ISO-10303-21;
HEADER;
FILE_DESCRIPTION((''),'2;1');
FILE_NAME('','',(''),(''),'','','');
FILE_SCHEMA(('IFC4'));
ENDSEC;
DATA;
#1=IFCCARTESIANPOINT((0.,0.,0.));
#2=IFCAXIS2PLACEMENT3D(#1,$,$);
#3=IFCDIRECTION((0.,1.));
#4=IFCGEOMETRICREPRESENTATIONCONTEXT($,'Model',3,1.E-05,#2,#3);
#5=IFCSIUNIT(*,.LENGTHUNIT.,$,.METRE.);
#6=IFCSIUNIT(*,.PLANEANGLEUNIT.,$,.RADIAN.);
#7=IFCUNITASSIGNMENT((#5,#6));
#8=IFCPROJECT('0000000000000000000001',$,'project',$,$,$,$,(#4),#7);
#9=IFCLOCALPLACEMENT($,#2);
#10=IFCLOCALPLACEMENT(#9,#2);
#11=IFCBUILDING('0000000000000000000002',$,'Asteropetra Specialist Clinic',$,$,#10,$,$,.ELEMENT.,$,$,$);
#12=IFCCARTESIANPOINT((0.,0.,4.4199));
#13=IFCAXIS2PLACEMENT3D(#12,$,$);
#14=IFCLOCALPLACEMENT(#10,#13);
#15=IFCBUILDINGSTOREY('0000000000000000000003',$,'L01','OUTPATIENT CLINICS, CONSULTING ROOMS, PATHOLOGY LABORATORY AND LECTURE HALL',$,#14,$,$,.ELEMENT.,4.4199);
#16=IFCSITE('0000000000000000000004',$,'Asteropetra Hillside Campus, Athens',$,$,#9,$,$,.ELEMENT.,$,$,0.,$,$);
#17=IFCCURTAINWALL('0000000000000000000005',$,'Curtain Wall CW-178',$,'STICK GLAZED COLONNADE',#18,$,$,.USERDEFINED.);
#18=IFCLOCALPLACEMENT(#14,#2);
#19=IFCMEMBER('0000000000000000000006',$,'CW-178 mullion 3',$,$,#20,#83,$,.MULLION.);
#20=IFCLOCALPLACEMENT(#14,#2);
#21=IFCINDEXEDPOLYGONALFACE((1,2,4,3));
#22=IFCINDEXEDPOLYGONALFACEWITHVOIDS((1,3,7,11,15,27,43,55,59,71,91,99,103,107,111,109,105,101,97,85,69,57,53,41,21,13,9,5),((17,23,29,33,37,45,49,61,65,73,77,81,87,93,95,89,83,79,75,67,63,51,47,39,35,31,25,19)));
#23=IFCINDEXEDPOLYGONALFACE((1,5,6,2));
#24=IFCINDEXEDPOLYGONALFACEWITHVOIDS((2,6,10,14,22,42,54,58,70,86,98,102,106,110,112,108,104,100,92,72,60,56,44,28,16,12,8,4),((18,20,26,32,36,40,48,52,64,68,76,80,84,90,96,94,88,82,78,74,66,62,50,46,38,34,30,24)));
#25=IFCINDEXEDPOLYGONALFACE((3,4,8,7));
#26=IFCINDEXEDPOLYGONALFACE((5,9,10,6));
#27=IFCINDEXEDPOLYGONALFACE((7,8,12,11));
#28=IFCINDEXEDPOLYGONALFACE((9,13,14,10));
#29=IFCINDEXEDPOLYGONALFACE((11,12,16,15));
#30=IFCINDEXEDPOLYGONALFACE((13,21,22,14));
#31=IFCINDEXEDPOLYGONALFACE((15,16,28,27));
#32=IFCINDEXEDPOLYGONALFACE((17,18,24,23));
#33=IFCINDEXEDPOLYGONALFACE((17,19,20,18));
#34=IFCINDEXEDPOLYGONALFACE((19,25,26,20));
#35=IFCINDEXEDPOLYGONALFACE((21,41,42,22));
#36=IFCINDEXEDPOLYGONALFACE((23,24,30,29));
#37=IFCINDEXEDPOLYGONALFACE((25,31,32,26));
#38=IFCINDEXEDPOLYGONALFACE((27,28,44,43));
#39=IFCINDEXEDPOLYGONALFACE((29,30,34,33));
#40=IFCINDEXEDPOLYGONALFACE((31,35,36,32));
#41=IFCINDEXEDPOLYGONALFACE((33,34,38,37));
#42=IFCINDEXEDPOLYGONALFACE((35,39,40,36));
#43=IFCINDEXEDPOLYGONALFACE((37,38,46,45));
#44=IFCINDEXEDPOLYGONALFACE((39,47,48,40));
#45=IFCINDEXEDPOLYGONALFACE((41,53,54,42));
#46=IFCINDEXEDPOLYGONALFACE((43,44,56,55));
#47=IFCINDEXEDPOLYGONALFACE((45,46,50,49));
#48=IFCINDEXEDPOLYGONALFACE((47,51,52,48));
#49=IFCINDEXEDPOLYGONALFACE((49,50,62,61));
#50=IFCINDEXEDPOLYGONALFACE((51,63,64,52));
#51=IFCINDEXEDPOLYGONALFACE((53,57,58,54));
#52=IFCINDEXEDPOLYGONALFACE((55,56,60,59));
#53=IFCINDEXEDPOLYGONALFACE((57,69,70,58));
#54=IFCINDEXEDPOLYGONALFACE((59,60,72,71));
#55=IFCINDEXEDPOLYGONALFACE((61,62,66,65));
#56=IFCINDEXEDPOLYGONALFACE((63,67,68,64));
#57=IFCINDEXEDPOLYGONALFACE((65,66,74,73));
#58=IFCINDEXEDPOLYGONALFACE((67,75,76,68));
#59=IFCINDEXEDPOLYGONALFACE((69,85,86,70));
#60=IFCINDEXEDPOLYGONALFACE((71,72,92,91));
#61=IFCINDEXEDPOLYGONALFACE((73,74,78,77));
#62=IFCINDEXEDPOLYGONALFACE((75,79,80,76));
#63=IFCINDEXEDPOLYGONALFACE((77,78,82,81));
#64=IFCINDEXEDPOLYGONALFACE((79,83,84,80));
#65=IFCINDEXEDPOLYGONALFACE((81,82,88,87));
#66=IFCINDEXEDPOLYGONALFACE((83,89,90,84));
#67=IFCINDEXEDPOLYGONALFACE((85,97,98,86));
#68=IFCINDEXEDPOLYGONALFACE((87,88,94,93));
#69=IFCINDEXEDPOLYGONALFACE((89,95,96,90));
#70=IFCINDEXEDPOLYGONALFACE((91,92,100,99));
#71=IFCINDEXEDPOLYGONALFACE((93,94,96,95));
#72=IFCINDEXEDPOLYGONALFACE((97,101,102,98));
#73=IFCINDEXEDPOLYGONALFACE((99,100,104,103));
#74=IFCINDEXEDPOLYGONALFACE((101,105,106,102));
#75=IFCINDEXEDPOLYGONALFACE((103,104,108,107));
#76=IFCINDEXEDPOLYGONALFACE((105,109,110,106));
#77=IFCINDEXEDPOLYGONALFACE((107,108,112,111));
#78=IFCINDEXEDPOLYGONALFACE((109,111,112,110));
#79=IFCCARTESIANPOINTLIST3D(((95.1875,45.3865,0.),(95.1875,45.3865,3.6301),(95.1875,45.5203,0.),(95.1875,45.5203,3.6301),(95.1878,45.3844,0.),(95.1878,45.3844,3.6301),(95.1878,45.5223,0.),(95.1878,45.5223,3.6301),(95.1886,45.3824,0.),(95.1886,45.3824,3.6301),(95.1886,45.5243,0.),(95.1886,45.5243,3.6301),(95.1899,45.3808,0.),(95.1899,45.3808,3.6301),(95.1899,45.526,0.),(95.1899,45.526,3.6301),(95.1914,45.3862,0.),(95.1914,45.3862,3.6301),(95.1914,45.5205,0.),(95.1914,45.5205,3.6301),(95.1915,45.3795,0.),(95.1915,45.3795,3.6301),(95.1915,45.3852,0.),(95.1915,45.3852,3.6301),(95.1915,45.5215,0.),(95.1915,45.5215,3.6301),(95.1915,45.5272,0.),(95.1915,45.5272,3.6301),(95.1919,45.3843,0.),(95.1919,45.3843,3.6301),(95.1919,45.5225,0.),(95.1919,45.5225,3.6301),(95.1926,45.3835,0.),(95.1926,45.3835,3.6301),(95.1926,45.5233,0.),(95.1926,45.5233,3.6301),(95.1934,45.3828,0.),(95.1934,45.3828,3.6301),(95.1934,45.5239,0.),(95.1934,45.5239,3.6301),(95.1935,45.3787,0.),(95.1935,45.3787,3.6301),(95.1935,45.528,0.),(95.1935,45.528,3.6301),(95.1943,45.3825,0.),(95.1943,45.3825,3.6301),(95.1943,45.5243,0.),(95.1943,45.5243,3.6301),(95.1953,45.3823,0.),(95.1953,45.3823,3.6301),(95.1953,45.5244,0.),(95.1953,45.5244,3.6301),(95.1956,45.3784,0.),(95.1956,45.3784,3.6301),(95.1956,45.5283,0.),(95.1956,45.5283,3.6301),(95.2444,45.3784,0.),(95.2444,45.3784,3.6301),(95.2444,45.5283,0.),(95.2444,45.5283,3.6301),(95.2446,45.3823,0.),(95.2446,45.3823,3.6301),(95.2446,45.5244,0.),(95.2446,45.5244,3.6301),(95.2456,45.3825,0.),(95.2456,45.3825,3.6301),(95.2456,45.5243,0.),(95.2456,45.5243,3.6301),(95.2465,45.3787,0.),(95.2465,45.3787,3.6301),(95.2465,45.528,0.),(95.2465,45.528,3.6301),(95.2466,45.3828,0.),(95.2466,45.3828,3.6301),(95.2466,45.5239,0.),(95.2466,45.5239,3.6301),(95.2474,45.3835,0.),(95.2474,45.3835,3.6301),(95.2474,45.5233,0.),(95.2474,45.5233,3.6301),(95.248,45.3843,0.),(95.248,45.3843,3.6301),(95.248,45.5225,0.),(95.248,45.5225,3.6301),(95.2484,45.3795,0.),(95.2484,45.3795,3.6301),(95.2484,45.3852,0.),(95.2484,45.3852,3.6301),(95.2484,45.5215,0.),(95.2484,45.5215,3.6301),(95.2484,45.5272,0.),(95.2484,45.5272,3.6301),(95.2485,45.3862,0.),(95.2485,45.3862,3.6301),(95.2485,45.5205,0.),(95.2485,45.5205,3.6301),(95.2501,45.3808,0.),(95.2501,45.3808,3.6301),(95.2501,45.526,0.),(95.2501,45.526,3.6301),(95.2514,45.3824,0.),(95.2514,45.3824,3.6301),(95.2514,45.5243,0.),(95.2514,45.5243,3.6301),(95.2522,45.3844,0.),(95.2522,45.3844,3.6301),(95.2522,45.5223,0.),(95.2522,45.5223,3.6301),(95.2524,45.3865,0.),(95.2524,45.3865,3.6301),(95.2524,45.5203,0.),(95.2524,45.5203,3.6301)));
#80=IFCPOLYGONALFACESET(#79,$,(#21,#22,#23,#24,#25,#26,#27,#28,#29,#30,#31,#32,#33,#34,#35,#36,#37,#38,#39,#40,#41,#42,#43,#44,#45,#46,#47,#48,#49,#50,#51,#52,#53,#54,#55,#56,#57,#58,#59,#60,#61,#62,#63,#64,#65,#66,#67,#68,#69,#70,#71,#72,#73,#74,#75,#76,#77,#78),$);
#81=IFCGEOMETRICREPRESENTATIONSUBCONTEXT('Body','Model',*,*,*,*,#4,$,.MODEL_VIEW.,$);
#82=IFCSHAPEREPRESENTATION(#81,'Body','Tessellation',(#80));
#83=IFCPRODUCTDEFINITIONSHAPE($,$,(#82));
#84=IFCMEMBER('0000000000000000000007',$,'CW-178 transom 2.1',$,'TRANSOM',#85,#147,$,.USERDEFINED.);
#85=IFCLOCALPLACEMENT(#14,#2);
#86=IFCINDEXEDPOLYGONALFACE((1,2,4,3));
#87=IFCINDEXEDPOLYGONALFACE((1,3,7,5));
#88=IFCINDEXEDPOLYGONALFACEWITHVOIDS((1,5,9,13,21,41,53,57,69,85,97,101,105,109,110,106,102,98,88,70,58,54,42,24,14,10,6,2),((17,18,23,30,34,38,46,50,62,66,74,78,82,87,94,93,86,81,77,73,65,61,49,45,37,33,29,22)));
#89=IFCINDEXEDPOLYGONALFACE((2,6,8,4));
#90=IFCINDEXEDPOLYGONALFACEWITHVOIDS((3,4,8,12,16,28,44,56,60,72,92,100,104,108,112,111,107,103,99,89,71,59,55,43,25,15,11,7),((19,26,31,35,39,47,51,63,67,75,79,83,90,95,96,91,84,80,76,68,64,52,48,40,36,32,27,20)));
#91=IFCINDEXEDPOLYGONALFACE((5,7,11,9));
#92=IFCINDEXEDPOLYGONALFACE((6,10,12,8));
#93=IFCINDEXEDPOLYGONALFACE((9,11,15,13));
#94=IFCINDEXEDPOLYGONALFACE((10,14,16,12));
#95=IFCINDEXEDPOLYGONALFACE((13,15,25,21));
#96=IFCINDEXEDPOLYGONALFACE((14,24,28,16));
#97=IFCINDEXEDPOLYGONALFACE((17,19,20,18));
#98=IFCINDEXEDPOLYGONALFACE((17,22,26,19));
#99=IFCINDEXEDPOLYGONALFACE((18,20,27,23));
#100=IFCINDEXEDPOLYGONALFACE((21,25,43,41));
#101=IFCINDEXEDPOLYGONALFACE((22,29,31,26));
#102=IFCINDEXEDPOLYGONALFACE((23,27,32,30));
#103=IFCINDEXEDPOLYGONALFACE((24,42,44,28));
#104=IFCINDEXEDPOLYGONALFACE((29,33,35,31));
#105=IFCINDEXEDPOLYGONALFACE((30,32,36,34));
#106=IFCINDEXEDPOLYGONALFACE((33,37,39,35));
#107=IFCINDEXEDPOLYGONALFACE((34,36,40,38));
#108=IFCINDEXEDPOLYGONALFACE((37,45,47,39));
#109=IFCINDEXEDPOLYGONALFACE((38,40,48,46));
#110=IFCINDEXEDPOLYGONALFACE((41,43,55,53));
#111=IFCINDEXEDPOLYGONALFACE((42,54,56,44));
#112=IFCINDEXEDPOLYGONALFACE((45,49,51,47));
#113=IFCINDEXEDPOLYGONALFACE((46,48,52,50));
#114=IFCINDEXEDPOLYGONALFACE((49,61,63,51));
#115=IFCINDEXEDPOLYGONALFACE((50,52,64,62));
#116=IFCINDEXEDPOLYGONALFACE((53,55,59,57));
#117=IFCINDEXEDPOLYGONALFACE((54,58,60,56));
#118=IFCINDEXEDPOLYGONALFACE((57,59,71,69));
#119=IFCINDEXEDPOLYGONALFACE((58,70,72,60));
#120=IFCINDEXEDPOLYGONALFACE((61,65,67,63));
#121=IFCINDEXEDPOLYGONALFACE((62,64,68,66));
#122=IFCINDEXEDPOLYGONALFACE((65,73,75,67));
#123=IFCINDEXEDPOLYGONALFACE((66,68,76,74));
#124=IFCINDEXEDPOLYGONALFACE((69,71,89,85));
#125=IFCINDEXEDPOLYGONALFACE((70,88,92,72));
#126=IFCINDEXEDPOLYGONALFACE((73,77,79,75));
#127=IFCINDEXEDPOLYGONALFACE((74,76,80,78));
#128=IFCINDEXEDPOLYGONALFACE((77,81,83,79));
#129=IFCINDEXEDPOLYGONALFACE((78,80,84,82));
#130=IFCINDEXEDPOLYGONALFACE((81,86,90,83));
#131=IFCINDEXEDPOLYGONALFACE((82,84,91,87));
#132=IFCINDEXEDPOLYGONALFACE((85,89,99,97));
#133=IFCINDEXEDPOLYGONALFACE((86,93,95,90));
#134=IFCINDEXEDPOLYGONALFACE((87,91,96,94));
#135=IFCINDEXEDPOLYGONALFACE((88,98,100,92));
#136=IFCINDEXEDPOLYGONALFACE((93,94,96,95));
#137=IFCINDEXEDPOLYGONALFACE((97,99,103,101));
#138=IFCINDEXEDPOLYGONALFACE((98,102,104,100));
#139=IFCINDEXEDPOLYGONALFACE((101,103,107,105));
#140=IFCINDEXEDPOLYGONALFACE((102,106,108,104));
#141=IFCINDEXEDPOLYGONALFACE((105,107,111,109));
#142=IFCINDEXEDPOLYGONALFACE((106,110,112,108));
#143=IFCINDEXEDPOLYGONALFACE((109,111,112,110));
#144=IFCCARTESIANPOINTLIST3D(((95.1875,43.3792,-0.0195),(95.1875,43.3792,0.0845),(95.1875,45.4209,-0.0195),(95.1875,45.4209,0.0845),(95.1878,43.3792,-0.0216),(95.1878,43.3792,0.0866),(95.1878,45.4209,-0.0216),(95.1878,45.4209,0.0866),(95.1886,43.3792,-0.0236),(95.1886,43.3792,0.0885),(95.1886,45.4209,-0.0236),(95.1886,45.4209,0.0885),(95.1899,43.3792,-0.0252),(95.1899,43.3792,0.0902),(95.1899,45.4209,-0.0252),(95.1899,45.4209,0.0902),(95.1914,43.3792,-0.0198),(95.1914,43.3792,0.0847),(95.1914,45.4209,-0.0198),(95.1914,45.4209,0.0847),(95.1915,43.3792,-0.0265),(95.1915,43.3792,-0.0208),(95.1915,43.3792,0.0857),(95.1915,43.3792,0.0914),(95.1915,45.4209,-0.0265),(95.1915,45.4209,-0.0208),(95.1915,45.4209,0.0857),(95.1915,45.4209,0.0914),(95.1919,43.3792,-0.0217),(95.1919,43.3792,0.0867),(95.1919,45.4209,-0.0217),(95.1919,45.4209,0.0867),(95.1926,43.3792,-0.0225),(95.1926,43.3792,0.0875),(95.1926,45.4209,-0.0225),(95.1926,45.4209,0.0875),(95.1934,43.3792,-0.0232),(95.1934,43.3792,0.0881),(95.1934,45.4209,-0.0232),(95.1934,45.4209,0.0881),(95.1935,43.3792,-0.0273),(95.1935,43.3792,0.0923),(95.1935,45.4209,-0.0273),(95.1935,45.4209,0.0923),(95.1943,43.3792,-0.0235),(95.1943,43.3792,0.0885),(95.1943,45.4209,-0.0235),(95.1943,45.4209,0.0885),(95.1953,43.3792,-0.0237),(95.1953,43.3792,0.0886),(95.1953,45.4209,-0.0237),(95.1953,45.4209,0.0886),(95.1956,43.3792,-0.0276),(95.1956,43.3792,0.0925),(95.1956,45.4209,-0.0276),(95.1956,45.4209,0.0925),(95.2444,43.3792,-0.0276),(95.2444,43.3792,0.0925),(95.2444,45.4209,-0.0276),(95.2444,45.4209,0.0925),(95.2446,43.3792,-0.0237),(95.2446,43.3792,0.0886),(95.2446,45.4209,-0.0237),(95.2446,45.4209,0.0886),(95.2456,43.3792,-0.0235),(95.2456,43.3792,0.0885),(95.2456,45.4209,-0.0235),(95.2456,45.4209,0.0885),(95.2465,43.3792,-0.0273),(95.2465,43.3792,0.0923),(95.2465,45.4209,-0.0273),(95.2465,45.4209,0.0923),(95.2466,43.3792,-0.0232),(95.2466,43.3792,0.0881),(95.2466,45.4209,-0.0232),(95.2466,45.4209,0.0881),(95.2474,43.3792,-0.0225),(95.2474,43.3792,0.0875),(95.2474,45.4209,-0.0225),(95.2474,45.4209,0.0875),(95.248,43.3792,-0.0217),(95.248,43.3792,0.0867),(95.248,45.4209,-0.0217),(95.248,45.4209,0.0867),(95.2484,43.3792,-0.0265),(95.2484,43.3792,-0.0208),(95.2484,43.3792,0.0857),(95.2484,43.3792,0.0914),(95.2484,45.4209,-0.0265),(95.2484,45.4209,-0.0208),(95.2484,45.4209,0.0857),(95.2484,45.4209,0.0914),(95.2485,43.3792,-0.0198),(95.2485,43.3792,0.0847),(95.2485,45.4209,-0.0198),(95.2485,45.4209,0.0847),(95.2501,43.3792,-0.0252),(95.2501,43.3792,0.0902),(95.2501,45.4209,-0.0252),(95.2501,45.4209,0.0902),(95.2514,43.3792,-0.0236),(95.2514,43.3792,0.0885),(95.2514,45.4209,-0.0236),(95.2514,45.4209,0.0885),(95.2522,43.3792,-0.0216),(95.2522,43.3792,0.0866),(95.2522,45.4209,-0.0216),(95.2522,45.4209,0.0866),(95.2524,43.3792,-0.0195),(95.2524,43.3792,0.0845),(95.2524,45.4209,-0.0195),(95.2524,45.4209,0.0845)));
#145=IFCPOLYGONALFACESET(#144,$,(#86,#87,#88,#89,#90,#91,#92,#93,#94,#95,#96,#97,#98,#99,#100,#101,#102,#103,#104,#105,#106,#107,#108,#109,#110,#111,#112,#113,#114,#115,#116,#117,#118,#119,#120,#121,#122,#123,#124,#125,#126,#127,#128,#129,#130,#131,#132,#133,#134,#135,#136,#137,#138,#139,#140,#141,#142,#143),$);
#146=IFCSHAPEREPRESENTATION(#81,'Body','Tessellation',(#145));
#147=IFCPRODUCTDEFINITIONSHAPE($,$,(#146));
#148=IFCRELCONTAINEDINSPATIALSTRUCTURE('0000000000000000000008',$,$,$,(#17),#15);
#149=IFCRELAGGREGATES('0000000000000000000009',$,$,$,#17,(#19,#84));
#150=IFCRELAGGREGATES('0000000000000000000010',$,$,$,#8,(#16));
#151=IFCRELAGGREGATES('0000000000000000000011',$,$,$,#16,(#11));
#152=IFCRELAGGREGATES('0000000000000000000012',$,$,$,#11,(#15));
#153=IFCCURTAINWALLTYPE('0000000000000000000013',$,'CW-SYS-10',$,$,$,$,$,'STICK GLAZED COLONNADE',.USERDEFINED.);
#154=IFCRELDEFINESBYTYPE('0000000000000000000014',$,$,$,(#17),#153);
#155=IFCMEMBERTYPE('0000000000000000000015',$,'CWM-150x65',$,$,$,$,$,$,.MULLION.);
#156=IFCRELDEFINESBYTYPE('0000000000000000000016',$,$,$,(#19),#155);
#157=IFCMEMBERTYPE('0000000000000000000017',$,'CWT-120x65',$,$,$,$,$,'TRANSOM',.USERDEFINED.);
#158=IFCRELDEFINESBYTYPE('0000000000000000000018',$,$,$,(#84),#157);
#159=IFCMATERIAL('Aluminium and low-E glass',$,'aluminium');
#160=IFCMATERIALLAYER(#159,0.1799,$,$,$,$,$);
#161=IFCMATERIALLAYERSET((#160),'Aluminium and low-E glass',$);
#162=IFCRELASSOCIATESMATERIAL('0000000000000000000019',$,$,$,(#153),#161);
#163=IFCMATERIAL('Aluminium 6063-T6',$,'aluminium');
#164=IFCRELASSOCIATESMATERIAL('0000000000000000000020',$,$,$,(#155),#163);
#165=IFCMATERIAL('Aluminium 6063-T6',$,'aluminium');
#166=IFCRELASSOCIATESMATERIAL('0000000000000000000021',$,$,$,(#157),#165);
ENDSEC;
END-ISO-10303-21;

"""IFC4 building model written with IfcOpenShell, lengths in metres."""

from ifc_helpers import new_model, si_unit, direction, frame, origin, origin_2d, place, context, subcontext, project, spatial, hollow_rectangle, extrude, material, layer, layer_set, material_profile, profile_set, type_object, element, aggregate, save


model = new_model("IFC4")

# Units and contexts
model_context = context("Model", 3, precision=1e-05, world=origin(), true_north=direction((0.0, 1.0)))
body_context = subcontext(model_context, "Body", "Model", "MODEL_VIEW")
ifc_project = project(units=[si_unit("LENGTHUNIT", "METRE"), si_unit("PLANEANGLEUNIT", "RADIAN")], contexts=[model_context])

# Site, building, storey
site_placement = place(None, origin())
site = spatial("IfcSite", under=ifc_project, at=site_placement, Name="Asteropetra Hillside Campus, Athens", CompositionType="ELEMENT", RefElevation=0.0)
building_placement = place(site_placement, origin())
building = spatial("IfcBuilding", under=site, at=building_placement, Name="Asteropetra Specialist Clinic", CompositionType="ELEMENT")
storey_placement = place(building_placement, frame((0.0, 0.0, 4.4199)))
storey = spatial("IfcBuildingStorey", under=building, at=storey_placement, Name="L01", Description="OUTPATIENT CLINICS, CONSULTING ROOMS, PATHOLOGY LABORATORY AND LECTURE HALL", CompositionType="ELEMENT", Elevation=4.4199)

# Curtain wall, members
ifc_material_1 = material(Name="Aluminium and low-E glass", Category="aluminium")
ifc_layer_1 = layer(ifc_material_1, 0.1799)
ifc_layer_set_1 = layer_set([ifc_layer_1], Name="Aluminium and low-E glass")
curtain_wall_type = type_object("IfcCurtainWallType", Name="CW-SYS-10", ElementType="STICK GLAZED COLONNADE", PredefinedType="USERDEFINED", material=ifc_layer_set_1)
curtain_wall_placement = place(storey_placement, origin())
curtain_wall = element("IfcCurtainWall", 1, at=curtain_wall_placement, inside=storey, type_object=curtain_wall_type, Name="Curtain Wall CW-178", ObjectType="STICK GLAZED COLONNADE", PredefinedType="USERDEFINED")
ifc_material_2 = material(Name="Aluminium 6063-T6", Category="aluminium")
ifc_material_profile_1 = material_profile(ifc_material_2, hollow_rectangle(XDim=0.0649, YDim=0.1499, WallThickness=0.0039, InnerFilletRadius=0.0039, OuterFilletRadius=0.0081, at=origin_2d()), Name="MUL 150x65x4.0")
ifc_profile_set_1 = profile_set([ifc_material_profile_1], Name="Aluminium 6063-T6")
member_type_1 = type_object("IfcMemberType", Name="CWM-150x65", PredefinedType="MULLION", material=ifc_profile_set_1)
member_1_placement = place(storey_placement, frame((95.22, 45.4534, 0.0), z_axis=(0.0, 0.0, 1.0), x_axis=(-1.0, 0.0, 0.0)))
member_1 = element("IfcMember", 2, at=member_1_placement, type_object=member_type_1, Name="CW-178 mullion 3", PredefinedType="MULLION", context=body_context, shape_type="SweptSolid", body=[
    extrude(hollow_rectangle(XDim=0.0649, YDim=0.1499, WallThickness=0.0039, InnerFilletRadius=0.0039, OuterFilletRadius=0.0081, at=origin_2d()), origin(), (0.0, 0.0, 1.0), 3.6301),
])
ifc_material_3 = material(Name="Aluminium 6063-T6", Category="aluminium")
ifc_material_profile_2 = material_profile(ifc_material_3, hollow_rectangle(XDim=0.0649, YDim=0.1201, WallThickness=0.0039, InnerFilletRadius=0.0039, OuterFilletRadius=0.0081, at=origin_2d()), Name="TRN 120x65x4.0")
ifc_profile_set_2 = profile_set([ifc_material_profile_2], Name="Aluminium 6063-T6")
member_type_2 = type_object("IfcMemberType", Name="CWT-120x65", ElementType="TRANSOM", PredefinedType="USERDEFINED", material=ifc_profile_set_2)
member_2_placement = place(storey_placement, frame((95.22, 43.3792, 0.0325), z_axis=(0.0, 1.0, 0.0), x_axis=(-1.0, 0.0, 0.0)))
member_2 = element("IfcMember", 3, at=member_2_placement, type_object=member_type_2, Name="CW-178 transom 2.1", ObjectType="TRANSOM", PredefinedType="USERDEFINED", context=body_context, shape_type="SweptSolid", body=[
    extrude(hollow_rectangle(XDim=0.0649, YDim=0.1201, WallThickness=0.0039, InnerFilletRadius=0.0039, OuterFilletRadius=0.0081, at=origin_2d()), origin(), (0.0, 0.0, 1.0), 2.0417),
])

aggregate(curtain_wall, [member_1, member_2])

save(model, "model.ifc")
